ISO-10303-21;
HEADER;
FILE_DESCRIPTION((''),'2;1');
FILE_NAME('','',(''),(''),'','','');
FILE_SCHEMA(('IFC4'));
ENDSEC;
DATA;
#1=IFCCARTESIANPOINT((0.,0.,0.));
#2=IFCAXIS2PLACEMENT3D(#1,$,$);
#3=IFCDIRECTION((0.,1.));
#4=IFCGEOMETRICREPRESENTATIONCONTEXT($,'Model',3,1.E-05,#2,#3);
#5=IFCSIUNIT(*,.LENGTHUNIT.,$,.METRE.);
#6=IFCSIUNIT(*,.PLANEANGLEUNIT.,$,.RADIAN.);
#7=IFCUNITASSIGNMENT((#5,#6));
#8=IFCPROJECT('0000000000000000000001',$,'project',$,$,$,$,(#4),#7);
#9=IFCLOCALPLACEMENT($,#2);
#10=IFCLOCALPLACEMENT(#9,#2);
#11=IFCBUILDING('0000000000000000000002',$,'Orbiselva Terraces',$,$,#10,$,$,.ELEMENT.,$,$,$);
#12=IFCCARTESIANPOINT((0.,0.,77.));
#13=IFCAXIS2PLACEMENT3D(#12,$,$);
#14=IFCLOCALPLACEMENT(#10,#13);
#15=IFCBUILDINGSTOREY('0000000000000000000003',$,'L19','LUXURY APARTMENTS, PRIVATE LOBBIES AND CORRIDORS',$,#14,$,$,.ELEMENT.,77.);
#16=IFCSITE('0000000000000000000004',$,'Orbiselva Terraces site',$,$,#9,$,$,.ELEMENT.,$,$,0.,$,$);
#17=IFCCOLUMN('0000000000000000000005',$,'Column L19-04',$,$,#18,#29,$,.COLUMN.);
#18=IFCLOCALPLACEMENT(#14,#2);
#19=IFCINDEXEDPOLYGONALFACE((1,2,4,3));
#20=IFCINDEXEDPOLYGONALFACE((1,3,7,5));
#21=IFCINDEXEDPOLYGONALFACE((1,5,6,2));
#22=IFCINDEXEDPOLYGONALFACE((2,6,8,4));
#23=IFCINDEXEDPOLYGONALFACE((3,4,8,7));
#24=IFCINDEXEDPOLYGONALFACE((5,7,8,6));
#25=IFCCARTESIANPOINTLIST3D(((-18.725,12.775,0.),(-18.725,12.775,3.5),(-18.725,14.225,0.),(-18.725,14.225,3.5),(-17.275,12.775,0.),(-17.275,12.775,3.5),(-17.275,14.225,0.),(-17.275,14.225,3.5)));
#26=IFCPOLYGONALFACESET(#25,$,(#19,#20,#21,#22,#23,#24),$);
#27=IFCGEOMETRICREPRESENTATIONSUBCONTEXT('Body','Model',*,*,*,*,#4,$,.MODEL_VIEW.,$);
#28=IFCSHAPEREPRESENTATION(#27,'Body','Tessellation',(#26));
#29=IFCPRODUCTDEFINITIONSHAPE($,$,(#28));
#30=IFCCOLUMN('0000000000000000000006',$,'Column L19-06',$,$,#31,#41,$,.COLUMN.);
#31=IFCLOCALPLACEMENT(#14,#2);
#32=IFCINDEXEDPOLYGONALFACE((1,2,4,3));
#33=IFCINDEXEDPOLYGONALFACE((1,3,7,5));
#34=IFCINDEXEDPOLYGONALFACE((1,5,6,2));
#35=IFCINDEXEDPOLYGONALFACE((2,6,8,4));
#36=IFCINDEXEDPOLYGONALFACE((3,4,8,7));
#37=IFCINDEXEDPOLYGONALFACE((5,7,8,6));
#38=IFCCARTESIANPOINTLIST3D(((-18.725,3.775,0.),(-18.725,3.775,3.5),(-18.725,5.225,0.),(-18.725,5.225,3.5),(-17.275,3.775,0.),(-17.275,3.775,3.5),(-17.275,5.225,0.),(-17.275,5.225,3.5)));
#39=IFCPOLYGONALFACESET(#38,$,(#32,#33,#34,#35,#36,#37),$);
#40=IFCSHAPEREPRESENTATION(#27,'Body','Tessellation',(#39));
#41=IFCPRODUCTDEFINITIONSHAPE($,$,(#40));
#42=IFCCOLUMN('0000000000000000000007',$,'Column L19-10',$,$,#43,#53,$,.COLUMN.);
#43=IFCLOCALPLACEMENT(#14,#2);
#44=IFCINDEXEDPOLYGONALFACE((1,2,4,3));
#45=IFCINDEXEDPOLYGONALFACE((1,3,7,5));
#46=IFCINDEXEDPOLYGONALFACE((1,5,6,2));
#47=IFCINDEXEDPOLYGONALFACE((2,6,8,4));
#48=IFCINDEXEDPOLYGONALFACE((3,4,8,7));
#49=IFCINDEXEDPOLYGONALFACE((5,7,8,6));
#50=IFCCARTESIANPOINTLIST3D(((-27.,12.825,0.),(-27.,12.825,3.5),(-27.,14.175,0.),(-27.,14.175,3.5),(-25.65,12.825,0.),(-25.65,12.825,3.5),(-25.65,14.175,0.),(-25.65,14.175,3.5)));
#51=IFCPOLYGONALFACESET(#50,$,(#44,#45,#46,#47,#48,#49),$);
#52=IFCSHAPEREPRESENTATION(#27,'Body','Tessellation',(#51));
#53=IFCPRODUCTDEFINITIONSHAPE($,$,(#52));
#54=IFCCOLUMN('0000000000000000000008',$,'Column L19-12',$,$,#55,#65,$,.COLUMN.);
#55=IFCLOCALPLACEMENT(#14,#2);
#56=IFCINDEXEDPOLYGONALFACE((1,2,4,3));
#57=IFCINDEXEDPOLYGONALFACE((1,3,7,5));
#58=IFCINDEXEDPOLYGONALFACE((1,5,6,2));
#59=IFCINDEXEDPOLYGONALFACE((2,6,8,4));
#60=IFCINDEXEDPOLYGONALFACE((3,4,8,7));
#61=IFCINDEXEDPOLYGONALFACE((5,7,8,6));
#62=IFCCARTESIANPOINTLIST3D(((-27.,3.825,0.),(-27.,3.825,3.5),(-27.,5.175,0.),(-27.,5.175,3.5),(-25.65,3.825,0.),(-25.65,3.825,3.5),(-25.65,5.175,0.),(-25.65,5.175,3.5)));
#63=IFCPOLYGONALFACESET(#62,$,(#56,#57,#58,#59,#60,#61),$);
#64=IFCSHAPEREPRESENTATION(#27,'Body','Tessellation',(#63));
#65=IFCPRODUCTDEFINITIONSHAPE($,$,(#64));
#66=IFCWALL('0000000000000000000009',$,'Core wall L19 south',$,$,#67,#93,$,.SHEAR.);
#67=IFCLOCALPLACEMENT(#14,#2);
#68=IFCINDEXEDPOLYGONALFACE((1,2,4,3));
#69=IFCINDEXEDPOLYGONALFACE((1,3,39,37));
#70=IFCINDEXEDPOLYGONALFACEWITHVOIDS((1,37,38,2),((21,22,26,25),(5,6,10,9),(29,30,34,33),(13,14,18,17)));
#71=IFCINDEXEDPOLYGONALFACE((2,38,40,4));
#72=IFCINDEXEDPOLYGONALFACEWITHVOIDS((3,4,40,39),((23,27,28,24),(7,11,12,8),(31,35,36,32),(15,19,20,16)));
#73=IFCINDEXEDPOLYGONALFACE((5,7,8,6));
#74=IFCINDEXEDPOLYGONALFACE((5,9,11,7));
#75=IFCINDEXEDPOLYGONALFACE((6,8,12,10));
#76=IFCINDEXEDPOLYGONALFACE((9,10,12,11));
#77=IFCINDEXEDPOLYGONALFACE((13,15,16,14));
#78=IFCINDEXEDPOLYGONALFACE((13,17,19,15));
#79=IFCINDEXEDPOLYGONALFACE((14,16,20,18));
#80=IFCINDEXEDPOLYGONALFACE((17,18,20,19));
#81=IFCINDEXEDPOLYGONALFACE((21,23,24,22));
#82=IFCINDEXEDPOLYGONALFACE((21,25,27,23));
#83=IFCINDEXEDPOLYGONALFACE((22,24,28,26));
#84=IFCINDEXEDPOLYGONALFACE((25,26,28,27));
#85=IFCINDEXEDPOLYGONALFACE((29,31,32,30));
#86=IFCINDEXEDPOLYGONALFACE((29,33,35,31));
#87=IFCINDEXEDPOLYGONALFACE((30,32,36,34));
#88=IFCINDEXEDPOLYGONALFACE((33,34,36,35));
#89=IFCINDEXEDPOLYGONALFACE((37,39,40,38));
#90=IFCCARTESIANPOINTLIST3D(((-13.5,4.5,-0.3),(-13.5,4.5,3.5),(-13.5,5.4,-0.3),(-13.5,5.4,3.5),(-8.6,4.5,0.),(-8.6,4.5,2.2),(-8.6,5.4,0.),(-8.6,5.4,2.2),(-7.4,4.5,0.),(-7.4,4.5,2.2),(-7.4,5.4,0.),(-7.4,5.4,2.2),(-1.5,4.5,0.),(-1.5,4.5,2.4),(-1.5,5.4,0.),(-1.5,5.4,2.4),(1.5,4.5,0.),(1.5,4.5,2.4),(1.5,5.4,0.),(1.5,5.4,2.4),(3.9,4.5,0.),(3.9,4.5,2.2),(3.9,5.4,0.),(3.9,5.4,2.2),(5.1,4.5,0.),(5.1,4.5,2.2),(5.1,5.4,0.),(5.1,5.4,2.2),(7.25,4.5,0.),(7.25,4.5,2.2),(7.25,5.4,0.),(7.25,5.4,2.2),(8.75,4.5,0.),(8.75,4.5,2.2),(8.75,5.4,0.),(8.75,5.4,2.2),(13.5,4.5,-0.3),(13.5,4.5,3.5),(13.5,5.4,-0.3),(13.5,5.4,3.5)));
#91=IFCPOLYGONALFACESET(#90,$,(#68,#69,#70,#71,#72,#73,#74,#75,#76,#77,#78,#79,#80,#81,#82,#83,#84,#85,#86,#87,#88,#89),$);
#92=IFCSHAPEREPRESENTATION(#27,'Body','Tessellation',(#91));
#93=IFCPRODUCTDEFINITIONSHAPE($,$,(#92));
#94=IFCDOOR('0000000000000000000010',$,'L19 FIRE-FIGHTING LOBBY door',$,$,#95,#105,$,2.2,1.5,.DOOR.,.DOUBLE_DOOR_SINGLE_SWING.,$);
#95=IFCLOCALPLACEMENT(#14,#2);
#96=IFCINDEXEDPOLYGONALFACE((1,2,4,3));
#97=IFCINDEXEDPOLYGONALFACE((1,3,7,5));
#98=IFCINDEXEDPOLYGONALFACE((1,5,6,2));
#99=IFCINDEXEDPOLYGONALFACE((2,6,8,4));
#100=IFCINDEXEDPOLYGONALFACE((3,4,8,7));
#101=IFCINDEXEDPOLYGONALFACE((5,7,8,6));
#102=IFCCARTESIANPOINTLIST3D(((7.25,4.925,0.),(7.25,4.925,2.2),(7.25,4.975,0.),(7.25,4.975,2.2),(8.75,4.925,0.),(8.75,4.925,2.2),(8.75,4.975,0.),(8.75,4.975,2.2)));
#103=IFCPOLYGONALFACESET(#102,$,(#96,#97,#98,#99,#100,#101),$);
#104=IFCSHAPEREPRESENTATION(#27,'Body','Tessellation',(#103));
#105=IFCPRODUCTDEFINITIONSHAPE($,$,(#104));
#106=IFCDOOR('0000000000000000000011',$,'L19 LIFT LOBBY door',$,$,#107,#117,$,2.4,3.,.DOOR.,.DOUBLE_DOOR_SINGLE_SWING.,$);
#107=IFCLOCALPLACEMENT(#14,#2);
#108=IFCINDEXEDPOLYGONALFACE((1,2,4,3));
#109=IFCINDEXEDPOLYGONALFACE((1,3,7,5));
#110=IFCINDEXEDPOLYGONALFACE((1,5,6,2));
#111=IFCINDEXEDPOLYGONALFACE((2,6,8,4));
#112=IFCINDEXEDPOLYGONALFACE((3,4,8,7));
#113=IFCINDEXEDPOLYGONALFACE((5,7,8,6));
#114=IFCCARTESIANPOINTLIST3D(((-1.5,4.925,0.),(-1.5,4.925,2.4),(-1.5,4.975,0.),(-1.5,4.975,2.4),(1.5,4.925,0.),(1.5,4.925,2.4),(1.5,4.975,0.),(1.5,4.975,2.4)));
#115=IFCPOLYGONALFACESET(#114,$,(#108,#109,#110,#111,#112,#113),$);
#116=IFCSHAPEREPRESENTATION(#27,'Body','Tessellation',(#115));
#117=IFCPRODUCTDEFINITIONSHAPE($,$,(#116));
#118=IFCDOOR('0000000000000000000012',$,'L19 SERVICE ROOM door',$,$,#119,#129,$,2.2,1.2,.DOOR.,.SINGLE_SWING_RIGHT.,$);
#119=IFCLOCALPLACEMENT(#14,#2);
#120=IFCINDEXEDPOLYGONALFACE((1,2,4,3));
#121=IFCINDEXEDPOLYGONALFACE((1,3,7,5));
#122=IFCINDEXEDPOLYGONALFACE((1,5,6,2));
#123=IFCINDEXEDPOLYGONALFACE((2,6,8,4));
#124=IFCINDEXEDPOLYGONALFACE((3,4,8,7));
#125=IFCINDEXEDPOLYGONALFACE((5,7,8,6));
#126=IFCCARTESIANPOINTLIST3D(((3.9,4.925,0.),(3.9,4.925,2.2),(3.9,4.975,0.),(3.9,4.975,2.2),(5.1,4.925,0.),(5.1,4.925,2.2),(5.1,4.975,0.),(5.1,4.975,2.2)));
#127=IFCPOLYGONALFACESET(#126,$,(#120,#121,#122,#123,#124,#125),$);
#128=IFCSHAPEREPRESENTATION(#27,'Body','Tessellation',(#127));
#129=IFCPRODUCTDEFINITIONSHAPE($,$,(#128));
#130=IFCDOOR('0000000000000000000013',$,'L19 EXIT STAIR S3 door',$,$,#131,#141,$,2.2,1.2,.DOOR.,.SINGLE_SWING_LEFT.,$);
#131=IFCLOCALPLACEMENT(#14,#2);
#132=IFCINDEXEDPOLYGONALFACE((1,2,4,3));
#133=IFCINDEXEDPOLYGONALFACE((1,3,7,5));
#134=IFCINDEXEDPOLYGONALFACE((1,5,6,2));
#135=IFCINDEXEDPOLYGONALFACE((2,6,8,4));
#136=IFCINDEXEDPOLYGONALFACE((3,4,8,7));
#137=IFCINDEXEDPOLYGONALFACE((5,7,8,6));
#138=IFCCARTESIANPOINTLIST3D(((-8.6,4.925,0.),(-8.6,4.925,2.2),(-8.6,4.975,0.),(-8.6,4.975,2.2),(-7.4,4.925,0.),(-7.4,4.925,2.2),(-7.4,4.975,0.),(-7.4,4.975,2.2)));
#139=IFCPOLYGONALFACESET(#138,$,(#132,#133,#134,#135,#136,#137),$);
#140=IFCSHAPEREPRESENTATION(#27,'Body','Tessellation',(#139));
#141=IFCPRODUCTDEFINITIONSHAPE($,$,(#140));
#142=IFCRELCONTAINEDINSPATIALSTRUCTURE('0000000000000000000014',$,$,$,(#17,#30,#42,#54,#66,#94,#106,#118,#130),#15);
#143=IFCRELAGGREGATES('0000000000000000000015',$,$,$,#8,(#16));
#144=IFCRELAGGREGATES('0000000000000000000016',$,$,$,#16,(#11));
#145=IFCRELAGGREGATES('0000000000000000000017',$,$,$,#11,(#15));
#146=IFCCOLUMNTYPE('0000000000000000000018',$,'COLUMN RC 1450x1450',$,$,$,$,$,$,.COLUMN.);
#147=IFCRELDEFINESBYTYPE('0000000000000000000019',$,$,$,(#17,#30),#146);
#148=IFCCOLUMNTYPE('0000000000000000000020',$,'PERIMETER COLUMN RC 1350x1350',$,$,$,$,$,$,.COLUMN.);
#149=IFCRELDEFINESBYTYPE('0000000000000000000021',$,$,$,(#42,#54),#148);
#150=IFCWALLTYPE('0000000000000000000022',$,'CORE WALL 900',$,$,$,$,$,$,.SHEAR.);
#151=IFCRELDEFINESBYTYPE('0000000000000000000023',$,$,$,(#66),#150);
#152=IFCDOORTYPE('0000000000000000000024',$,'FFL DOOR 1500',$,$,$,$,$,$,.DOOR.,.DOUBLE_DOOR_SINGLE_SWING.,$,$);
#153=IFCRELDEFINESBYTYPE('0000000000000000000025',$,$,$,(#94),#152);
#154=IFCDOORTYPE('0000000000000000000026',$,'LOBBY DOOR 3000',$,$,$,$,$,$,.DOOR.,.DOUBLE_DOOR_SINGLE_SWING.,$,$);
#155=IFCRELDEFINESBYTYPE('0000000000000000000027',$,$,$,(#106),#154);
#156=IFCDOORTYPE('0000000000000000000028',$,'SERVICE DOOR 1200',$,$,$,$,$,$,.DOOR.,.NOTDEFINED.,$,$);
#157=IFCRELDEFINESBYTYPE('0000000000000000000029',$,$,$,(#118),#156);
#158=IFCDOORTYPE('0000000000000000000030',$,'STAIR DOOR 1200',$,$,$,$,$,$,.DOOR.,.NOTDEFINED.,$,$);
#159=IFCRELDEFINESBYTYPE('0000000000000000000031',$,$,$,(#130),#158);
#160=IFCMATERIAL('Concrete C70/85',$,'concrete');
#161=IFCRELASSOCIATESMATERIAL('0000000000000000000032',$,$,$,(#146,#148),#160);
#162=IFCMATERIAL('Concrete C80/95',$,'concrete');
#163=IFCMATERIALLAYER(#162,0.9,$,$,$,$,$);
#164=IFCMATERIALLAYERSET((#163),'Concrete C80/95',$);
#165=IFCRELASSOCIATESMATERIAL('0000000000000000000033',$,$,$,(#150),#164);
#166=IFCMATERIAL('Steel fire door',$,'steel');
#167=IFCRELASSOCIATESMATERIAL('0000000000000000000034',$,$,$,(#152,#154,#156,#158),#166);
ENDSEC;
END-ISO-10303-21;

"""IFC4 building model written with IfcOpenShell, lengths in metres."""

from ifc_helpers import new_model, si_unit, direction, frame, frame_2d, origin, origin_2d, place, context, subcontext, project, spatial, rectangle, extrude, material, layer, layer_set, material_profile, profile_set, type_object, element, fill, save


model = new_model("IFC4")

# Units and contexts
model_context = context("Model", 3, precision=1e-05, world=origin(), true_north=direction((0.0, 1.0)))
body_context = subcontext(model_context, "Body", "Model", "MODEL_VIEW")
ifc_project = project(units=[si_unit("LENGTHUNIT", "METRE"), si_unit("PLANEANGLEUNIT", "RADIAN")], contexts=[model_context])

# Site, building, storey
site_placement = place(None, origin())
site = spatial("IfcSite", under=ifc_project, at=site_placement, Name="Orbiselva Terraces site", CompositionType="ELEMENT", RefElevation=0.0)
building_placement = place(site_placement, origin())
building = spatial("IfcBuilding", under=site, at=building_placement, Name="Orbiselva Terraces", CompositionType="ELEMENT")
storey_placement = place(building_placement, frame((0.0, 0.0, 77.0)))
storey = spatial("IfcBuildingStorey", under=building, at=storey_placement, Name="L19", Description="LUXURY APARTMENTS, PRIVATE LOBBIES AND CORRIDORS", CompositionType="ELEMENT", Elevation=77.0)

# Columns
ifc_material_1 = material(Name="Concrete C70/85", Category="concrete")
ifc_material_profile_1 = material_profile(ifc_material_1, rectangle(XDim=1.45, YDim=1.45, at=origin_2d()), Name="RC 1450x1450")
ifc_profile_set_1 = profile_set([ifc_material_profile_1], Name="Concrete C70/85")
column_type_1 = type_object("IfcColumnType", Name="COLUMN RC 1450x1450", PredefinedType="COLUMN", material=ifc_profile_set_1)
for number, where, z_axis, x_axis, name in (
    (1, (-18.0, 13.5, 0.0), (0.0, 0.0, 1.0), (1.0, 0.0, 0.0), "Column L19-04"),
    (2, (-18.0, 4.5, 0.0), (0.0, 0.0, 1.0), (1.0, 0.0, 0.0), "Column L19-06"),
):
    element("IfcColumn", number, at=place(storey_placement, frame(where, z_axis=z_axis, x_axis=x_axis)), inside=storey, type_object=column_type_1, Name=name, PredefinedType="COLUMN", context=body_context, shape_type="SweptSolid", body=[
        extrude(rectangle(XDim=1.45, YDim=1.45, at=origin_2d()), origin(), (0.0, 0.0, 1.0), 3.5),
    ])
ifc_material_profile_2 = material_profile(ifc_material_1, rectangle(XDim=1.35, YDim=1.35, at=origin_2d()), Name="RC 1350x1350")
ifc_profile_set_2 = profile_set([ifc_material_profile_2], Name="Concrete C70/85")
column_type_2 = type_object("IfcColumnType", Name="PERIMETER COLUMN RC 1350x1350", PredefinedType="COLUMN", material=ifc_profile_set_2)
for number, where, z_axis, x_axis, name in (
    (3, (-26.325, 13.5, 0.0), (0.0, 0.0, 1.0), (1.0, 0.0, 0.0), "Column L19-10"),
    (4, (-26.325, 4.5, 0.0), (0.0, 0.0, 1.0), (1.0, 0.0, 0.0), "Column L19-12"),
):
    element("IfcColumn", number, at=place(storey_placement, frame(where, z_axis=z_axis, x_axis=x_axis)), inside=storey, type_object=column_type_2, Name=name, PredefinedType="COLUMN", context=body_context, shape_type="SweptSolid", body=[
        extrude(rectangle(XDim=1.35, YDim=1.35, at=origin_2d()), origin(), (0.0, 0.0, 1.0), 3.5),
    ])

# Wall, openings, doors
ifc_material_2 = material(Name="Concrete C80/95", Category="concrete")
ifc_layer_1 = layer(ifc_material_2, 0.9)
ifc_layer_set_1 = layer_set([ifc_layer_1], Name="Concrete C80/95")
wall_type_1 = type_object("IfcWallType", Name="CORE WALL 900", PredefinedType="SHEAR", material=ifc_layer_set_1)
wall_1_placement = place(storey_placement, frame((-13.5, 4.95, -0.3), z_axis=(0.0, 0.0, 1.0), x_axis=(1.0, 0.0, 0.0)))
wall_1 = element("IfcWall", 5, at=wall_1_placement, inside=storey, type_object=wall_type_1, Name="Core wall L19 south", PredefinedType="SHEAR", context=body_context, shape_type="SweptSolid", body=[
    extrude(rectangle(XDim=27.0, YDim=0.9, at=frame_2d((13.5, 0.0))), origin(), (0.0, 0.0, 1.0), 3.8),
])
opening_1_placement = place(wall_1_placement, frame((12.0, 0.0, 0.3)))
opening_1 = element("IfcOpeningElement", 6, at=opening_1_placement, cuts=wall_1, PredefinedType="OPENING", context=body_context, shape_type="SweptSolid", body=[
    extrude(rectangle(XDim=3.0, YDim=2.4, at=frame_2d((1.5, 1.2))), frame((0.0, 0.46, 0.0), z_axis=(0.0, -1.0, 0.0), x_axis=(1.0, 0.0, 0.0)), (0.0, 0.0, 1.0), 0.92),
])
opening_2_placement = place(wall_1_placement, frame((4.9, 0.0, 0.3)))
opening_2 = element("IfcOpeningElement", 7, at=opening_2_placement, cuts=wall_1, PredefinedType="OPENING", context=body_context, shape_type="SweptSolid", body=[
    extrude(rectangle(XDim=1.2, YDim=2.2, at=frame_2d((0.6, 1.1))), frame((0.0, 0.46, 0.0), z_axis=(0.0, -1.0, 0.0), x_axis=(1.0, 0.0, 0.0)), (0.0, 0.0, 1.0), 0.92),
])
opening_3_placement = place(wall_1_placement, frame((20.75, 0.0, 0.3)))
opening_3 = element("IfcOpeningElement", 8, at=opening_3_placement, cuts=wall_1, PredefinedType="OPENING", context=body_context, shape_type="SweptSolid", body=[
    extrude(rectangle(XDim=1.5, YDim=2.2, at=frame_2d((0.75, 1.1))), frame((0.0, 0.46, 0.0), z_axis=(0.0, -1.0, 0.0), x_axis=(1.0, 0.0, 0.0)), (0.0, 0.0, 1.0), 0.92),
])
opening_4_placement = place(wall_1_placement, frame((17.4, 0.0, 0.3)))
opening_4 = element("IfcOpeningElement", 9, at=opening_4_placement, cuts=wall_1, PredefinedType="OPENING", context=body_context, shape_type="SweptSolid", body=[
    extrude(rectangle(XDim=1.2, YDim=2.2, at=frame_2d((0.6, 1.1))), frame((0.0, 0.46, 0.0), z_axis=(0.0, -1.0, 0.0), x_axis=(1.0, 0.0, 0.0)), (0.0, 0.0, 1.0), 0.92),
])
ifc_material_3 = material(Name="Steel fire door", Category="steel")
door_type_1 = type_object("IfcDoorType", Name="FFL DOOR 1500", OperationType="DOUBLE_DOOR_SINGLE_SWING", PredefinedType="DOOR", material=ifc_material_3)
door_1_placement = place(opening_3_placement, frame((1.5, 0.0, 0.0), z_axis=(0.0, 0.0, 1.0), x_axis=(-1.0, 0.0, 0.0)))
door_1 = element("IfcDoor", 10, at=door_1_placement, inside=storey, type_object=door_type_1, Name="L19 FIRE-FIGHTING LOBBY door", OperationType="DOUBLE_DOOR_SINGLE_SWING", OverallHeight=2.2, OverallWidth=1.5, PredefinedType="DOOR", context=body_context, shape_type="SweptSolid", body=[
    extrude(rectangle(XDim=1.5, YDim=2.2, at=frame_2d((0.75, 1.1))), frame((0.0, 0.025, 0.0), z_axis=(0.0, -1.0, 0.0), x_axis=(1.0, 0.0, 0.0)), (0.0, 0.0, 1.0), 0.05),
])
fill(opening_3, door_1)
door_type_2 = type_object("IfcDoorType", Name="LOBBY DOOR 3000", OperationType="DOUBLE_DOOR_SINGLE_SWING", PredefinedType="DOOR", material=ifc_material_3)
door_2_placement = place(opening_1_placement, frame((3.0, 0.0, 0.0), z_axis=(0.0, 0.0, 1.0), x_axis=(-1.0, 0.0, 0.0)))
door_2 = element("IfcDoor", 11, at=door_2_placement, inside=storey, type_object=door_type_2, Name="L19 LIFT LOBBY door", OperationType="DOUBLE_DOOR_SINGLE_SWING", OverallHeight=2.4, OverallWidth=3.0, PredefinedType="DOOR", context=body_context, shape_type="SweptSolid", body=[
    extrude(rectangle(XDim=3.0, YDim=2.4, at=frame_2d((1.5, 1.2))), frame((0.0, 0.025, 0.0), z_axis=(0.0, -1.0, 0.0), x_axis=(1.0, 0.0, 0.0)), (0.0, 0.0, 1.0), 0.05),
])
fill(opening_1, door_2)
door_type_3 = type_object("IfcDoorType", Name="SERVICE DOOR 1200", OperationType="NOTDEFINED", PredefinedType="DOOR", material=ifc_material_3)
door_3_placement = place(opening_4_placement, frame((1.2, 0.0, 0.0), z_axis=(0.0, 0.0, 1.0), x_axis=(-1.0, 0.0, 0.0)))
door_3 = element("IfcDoor", 12, at=door_3_placement, inside=storey, type_object=door_type_3, Name="L19 SERVICE ROOM door", OperationType="SINGLE_SWING_RIGHT", OverallHeight=2.2, OverallWidth=1.2, PredefinedType="DOOR", context=body_context, shape_type="SweptSolid", body=[
    extrude(rectangle(XDim=1.2, YDim=2.2, at=frame_2d((0.6, 1.1))), frame((0.0, 0.025, 0.0), z_axis=(0.0, -1.0, 0.0), x_axis=(1.0, 0.0, 0.0)), (0.0, 0.0, 1.0), 0.05),
])
fill(opening_4, door_3)
door_type_4 = type_object("IfcDoorType", Name="STAIR DOOR 1200", OperationType="NOTDEFINED", PredefinedType="DOOR", material=ifc_material_3)
door_4_placement = place(opening_2_placement, frame((1.2, 0.0, 0.0), z_axis=(0.0, 0.0, 1.0), x_axis=(-1.0, 0.0, 0.0)))
door_4 = element("IfcDoor", 13, at=door_4_placement, inside=storey, type_object=door_type_4, Name="L19 EXIT STAIR S3 door", OperationType="SINGLE_SWING_LEFT", OverallHeight=2.2, OverallWidth=1.2, PredefinedType="DOOR", context=body_context, shape_type="SweptSolid", body=[
    extrude(rectangle(XDim=1.2, YDim=2.2, at=frame_2d((0.6, 1.1))), frame((0.0, 0.025, 0.0), z_axis=(0.0, -1.0, 0.0), x_axis=(1.0, 0.0, 0.0)), (0.0, 0.0, 1.0), 0.05),
])
fill(opening_2, door_4)

save(model, "model.ifc")
